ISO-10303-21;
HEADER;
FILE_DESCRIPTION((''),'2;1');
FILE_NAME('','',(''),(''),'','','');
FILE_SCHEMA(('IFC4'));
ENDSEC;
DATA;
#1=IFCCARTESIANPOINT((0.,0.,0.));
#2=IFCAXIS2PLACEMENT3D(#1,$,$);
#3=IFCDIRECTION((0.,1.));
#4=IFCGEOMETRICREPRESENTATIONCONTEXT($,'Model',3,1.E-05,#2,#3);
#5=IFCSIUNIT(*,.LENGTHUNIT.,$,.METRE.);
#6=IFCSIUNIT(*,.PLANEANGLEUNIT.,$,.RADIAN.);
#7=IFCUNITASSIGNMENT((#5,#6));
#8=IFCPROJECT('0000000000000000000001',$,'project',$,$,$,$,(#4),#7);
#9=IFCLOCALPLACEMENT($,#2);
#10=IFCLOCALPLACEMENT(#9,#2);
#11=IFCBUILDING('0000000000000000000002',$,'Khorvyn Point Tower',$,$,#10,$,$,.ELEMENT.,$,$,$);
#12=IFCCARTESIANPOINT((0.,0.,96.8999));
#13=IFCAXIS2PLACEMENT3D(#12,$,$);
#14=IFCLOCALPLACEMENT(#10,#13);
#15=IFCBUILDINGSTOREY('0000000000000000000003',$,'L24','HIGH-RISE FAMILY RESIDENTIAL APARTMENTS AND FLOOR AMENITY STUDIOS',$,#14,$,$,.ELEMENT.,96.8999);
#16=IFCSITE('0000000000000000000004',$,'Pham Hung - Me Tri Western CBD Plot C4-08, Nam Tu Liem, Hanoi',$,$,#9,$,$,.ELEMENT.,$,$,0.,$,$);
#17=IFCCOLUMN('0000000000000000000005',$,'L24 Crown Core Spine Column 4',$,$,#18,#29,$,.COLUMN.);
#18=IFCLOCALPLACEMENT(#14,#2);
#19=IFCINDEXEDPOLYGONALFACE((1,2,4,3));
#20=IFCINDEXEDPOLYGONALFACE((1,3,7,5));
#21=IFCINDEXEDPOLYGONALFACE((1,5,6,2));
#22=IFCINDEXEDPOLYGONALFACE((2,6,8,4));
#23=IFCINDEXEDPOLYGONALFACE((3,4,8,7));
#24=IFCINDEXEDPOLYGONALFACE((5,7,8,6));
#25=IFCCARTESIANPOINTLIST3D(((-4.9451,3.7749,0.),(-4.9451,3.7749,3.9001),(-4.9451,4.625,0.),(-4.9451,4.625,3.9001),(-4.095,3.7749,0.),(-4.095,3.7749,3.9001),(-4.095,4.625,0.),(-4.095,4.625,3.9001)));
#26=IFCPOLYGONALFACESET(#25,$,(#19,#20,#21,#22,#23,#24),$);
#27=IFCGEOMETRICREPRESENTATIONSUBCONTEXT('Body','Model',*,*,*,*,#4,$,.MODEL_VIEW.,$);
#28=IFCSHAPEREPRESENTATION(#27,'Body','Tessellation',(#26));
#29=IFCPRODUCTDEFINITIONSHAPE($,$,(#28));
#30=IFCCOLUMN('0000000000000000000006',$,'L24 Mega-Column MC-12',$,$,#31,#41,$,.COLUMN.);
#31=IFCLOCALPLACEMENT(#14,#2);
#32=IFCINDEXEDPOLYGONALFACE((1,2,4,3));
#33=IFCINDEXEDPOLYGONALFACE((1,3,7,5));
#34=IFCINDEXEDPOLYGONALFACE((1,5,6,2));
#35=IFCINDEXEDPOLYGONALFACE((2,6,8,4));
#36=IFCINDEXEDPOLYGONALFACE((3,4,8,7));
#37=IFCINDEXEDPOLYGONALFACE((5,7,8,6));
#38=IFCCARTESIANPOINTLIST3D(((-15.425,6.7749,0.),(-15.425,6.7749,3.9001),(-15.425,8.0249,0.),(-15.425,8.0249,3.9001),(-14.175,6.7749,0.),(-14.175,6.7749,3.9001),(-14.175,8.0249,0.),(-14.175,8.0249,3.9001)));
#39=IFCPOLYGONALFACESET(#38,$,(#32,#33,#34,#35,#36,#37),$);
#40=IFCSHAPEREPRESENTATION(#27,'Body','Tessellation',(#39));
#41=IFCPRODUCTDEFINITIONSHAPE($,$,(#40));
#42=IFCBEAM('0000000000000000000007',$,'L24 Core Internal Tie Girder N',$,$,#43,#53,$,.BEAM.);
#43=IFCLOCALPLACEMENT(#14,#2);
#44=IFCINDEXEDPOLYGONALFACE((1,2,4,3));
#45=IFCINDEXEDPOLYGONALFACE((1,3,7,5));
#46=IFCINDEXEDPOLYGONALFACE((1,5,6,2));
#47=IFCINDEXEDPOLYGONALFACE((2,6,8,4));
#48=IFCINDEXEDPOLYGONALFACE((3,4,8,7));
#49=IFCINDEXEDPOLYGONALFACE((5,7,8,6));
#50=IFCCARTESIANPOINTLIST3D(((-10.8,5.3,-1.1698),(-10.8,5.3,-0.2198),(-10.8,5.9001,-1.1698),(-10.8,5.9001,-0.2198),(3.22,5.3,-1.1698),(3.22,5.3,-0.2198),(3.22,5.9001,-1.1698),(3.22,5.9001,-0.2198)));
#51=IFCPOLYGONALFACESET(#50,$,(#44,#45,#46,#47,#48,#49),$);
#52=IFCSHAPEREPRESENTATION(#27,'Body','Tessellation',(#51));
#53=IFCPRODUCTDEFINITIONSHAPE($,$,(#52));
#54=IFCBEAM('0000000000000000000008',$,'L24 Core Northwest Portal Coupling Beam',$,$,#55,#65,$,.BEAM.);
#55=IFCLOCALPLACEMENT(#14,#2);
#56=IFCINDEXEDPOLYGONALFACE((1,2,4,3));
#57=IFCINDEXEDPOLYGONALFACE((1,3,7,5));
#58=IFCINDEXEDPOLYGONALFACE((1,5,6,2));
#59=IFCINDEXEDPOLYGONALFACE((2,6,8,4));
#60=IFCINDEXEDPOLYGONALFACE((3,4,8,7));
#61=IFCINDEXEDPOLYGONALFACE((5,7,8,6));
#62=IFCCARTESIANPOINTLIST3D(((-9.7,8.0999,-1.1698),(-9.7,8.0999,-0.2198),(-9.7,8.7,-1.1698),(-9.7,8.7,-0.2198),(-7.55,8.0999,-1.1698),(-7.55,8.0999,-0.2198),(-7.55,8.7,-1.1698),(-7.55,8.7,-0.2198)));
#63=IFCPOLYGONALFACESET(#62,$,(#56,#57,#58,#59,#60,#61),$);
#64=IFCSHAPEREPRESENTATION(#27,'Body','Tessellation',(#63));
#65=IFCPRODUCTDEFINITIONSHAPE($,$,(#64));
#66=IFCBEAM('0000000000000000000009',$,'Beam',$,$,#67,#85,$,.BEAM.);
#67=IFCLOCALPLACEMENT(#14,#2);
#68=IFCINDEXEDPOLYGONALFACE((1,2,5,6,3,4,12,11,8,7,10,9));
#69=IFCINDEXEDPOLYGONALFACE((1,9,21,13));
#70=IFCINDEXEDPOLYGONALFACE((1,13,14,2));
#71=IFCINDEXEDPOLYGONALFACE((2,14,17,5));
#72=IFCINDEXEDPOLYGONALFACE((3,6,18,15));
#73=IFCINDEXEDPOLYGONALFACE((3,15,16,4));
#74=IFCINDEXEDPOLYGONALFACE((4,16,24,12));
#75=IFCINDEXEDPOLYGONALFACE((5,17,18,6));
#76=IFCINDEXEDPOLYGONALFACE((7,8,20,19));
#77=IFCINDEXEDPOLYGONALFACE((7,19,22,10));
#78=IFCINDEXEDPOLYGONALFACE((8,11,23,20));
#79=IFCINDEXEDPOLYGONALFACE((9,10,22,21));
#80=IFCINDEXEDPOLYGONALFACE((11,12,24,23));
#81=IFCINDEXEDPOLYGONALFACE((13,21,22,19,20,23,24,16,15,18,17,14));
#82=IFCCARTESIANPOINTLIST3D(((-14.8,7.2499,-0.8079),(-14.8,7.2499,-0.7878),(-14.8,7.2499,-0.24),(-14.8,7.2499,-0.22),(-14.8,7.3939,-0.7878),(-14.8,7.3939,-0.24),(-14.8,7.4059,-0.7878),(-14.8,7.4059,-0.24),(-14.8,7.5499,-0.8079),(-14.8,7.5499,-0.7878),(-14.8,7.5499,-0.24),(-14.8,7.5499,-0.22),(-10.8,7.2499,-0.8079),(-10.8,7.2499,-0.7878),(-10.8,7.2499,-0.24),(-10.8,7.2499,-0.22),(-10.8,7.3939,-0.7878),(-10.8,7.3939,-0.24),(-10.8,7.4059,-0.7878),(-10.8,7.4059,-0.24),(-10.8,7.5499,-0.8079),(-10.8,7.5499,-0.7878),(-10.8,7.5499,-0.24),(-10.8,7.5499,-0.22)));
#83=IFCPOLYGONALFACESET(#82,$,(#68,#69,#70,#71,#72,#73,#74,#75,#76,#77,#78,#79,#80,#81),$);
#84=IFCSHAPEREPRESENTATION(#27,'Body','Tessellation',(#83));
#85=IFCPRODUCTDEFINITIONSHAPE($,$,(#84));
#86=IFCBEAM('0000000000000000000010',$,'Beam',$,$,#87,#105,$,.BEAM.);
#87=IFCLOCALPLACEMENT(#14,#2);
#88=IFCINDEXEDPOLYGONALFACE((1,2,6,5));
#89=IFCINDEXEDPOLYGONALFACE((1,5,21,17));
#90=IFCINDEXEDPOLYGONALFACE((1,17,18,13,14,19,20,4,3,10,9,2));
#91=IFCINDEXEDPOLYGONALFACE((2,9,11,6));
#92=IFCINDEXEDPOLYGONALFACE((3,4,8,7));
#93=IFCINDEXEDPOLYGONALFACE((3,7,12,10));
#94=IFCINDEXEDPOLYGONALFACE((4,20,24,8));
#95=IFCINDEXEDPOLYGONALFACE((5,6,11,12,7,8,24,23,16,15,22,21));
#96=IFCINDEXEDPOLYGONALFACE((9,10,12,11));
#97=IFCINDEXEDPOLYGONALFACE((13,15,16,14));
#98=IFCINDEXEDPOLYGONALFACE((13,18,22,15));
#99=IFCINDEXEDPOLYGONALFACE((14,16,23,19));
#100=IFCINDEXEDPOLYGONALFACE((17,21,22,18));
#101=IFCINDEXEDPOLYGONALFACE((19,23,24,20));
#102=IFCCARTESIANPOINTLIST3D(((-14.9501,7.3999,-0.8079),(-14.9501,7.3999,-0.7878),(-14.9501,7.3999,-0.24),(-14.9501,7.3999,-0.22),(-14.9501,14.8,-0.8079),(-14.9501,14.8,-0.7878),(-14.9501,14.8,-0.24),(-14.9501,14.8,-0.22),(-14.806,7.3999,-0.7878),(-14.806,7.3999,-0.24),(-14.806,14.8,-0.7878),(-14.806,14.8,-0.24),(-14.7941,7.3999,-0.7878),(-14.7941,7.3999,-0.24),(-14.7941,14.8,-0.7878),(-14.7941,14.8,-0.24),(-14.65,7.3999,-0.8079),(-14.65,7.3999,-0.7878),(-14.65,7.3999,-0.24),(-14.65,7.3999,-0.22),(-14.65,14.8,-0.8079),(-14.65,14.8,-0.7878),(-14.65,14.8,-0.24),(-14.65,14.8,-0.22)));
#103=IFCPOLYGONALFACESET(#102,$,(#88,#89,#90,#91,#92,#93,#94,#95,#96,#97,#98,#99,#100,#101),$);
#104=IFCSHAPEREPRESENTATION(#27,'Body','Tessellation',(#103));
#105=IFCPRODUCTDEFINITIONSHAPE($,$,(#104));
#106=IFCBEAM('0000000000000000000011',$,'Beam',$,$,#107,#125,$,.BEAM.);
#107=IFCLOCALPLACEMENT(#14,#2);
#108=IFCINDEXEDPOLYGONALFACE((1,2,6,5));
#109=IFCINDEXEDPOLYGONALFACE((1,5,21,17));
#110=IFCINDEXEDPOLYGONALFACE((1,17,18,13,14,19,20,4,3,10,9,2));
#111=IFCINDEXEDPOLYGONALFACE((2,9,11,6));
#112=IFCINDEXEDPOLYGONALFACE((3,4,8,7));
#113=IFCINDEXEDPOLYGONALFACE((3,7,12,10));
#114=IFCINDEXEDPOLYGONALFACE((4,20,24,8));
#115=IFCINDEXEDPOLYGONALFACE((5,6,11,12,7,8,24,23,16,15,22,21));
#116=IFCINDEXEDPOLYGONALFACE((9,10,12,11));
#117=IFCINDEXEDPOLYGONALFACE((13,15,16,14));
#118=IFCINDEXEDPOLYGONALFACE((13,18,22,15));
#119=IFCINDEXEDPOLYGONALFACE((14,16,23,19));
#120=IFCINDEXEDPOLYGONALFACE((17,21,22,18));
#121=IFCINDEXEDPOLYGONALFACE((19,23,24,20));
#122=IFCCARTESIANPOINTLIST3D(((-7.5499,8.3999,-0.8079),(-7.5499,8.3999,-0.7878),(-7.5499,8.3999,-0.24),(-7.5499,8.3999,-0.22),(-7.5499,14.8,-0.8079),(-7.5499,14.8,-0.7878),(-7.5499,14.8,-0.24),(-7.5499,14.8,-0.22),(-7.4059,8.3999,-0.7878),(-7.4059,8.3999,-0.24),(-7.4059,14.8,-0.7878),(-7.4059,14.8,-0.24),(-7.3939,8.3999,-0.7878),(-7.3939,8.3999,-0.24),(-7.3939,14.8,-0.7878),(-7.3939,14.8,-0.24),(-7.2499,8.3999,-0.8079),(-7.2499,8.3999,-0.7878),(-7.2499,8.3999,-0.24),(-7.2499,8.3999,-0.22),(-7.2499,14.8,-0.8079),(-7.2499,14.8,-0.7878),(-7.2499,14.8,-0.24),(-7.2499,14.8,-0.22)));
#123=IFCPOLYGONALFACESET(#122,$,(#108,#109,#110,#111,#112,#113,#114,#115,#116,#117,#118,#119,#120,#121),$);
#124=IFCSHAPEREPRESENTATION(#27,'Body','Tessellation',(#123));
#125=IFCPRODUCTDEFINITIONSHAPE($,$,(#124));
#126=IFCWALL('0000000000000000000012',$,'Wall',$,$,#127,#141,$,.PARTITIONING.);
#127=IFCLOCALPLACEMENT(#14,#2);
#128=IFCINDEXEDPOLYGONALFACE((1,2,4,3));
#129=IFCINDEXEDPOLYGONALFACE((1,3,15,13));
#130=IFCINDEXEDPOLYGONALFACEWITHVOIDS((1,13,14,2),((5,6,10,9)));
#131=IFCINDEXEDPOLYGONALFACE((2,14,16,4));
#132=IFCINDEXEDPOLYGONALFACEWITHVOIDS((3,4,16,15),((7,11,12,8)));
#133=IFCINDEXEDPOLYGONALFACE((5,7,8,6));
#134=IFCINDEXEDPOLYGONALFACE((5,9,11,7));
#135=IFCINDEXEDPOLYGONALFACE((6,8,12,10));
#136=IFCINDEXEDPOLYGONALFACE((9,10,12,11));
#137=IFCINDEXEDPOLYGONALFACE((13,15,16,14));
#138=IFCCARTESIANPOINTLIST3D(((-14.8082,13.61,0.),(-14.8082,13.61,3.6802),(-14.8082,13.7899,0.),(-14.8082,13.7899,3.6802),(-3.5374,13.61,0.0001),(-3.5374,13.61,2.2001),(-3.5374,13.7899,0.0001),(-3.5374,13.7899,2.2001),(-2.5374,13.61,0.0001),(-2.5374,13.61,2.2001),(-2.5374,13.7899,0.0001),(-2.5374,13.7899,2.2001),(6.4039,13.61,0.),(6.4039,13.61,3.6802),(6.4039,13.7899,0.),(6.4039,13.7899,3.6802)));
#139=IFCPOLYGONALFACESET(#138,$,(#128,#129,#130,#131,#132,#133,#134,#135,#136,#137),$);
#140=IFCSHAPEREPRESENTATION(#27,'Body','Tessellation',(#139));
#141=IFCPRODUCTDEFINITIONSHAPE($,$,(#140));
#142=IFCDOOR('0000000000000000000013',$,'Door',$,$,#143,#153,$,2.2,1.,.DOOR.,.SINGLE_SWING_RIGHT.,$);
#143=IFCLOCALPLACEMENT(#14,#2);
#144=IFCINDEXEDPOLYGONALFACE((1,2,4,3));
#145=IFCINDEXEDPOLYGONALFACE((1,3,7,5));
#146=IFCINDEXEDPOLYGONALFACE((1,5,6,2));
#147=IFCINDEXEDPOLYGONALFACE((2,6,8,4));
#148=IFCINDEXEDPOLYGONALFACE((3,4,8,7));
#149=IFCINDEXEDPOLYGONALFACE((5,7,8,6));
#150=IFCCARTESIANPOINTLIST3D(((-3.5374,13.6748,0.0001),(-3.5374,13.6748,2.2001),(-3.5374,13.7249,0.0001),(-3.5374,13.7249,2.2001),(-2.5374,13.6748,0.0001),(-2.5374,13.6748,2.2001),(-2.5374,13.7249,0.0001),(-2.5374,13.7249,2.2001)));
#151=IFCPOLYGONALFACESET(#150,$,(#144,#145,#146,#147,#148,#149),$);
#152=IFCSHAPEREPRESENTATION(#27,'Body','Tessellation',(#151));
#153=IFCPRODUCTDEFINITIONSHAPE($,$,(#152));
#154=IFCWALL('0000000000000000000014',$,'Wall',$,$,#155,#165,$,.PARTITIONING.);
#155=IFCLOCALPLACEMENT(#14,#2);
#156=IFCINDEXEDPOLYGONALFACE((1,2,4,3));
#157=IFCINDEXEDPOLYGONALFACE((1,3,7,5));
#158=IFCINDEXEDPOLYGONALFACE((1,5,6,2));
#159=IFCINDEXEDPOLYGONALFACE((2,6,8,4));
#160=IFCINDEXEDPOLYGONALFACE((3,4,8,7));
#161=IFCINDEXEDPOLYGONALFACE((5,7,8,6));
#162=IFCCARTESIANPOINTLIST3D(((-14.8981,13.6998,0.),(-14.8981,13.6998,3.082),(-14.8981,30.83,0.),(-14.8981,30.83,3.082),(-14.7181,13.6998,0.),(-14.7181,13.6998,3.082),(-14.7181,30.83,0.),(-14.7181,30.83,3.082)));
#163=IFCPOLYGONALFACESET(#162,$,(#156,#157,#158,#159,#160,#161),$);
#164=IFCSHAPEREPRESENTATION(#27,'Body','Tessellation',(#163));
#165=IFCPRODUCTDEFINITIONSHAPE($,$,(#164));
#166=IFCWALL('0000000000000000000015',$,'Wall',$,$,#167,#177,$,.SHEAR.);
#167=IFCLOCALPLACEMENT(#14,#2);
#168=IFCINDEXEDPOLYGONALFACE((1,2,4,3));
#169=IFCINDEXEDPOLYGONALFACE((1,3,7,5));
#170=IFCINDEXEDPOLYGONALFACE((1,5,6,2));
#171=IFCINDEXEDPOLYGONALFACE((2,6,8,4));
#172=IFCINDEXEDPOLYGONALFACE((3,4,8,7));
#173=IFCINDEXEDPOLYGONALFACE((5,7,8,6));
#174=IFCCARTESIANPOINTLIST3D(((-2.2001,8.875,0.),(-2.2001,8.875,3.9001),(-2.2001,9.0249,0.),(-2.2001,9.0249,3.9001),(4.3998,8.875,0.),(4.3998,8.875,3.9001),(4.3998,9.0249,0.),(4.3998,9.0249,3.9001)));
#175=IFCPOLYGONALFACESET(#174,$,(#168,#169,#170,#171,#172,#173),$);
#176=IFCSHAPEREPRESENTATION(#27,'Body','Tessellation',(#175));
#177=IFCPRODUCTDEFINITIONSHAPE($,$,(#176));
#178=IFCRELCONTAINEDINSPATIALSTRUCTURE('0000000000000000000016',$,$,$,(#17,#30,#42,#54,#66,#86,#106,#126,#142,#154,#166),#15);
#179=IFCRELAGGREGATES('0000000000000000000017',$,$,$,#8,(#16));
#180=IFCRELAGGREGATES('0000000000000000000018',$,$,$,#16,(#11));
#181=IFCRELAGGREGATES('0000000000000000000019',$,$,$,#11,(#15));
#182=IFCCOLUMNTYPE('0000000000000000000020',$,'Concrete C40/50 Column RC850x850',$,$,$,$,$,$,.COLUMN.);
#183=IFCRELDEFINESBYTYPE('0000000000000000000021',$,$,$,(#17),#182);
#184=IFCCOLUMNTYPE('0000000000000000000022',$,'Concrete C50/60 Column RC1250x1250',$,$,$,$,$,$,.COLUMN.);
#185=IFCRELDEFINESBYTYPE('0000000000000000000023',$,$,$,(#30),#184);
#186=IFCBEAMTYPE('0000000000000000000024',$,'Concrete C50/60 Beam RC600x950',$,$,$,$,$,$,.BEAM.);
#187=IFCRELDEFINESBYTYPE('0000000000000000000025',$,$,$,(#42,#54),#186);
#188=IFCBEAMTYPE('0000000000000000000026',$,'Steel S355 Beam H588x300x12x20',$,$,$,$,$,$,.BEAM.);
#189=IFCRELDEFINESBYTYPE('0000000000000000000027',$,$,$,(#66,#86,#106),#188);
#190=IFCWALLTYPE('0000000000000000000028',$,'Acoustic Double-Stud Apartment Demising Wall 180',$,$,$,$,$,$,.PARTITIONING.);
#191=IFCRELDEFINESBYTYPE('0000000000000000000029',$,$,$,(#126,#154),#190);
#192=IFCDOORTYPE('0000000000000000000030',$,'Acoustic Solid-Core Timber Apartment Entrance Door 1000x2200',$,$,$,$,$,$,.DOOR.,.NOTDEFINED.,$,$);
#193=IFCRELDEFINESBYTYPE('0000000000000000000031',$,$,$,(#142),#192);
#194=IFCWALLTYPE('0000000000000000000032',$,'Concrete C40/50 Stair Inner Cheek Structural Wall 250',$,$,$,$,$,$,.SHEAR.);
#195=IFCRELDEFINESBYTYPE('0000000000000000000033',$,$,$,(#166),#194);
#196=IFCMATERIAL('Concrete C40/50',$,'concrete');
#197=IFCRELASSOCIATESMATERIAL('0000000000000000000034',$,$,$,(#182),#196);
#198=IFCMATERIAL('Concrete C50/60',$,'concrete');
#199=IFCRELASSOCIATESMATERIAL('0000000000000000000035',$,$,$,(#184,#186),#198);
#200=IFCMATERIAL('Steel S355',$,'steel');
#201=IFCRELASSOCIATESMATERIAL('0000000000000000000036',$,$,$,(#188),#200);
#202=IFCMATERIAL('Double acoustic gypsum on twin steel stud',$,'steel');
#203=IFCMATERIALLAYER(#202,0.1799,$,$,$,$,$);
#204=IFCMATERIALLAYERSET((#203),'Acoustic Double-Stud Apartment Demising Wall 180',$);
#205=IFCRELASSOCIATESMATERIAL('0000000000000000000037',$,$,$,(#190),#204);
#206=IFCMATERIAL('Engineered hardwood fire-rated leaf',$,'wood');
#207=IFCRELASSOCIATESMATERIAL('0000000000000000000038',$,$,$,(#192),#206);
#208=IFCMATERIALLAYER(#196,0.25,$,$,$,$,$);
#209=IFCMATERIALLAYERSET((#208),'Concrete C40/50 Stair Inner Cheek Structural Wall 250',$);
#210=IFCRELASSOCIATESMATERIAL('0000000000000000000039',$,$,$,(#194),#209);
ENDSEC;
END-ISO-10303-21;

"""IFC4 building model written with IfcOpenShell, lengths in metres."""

from ifc_helpers import new_model, si_unit, direction, frame, frame_2d, origin, origin_2d, place, context, subcontext, project, spatial, rectangle, i_section, extrude, material, layer, layer_set, material_profile, profile_set, type_object, element, fill, save


model = new_model("IFC4")

# Units and contexts
model_context = context("Model", 3, precision=1e-05, world=origin(), true_north=direction((0.0, 1.0)))
body_context = subcontext(model_context, "Body", "Model", "MODEL_VIEW")
ifc_project = project(units=[si_unit("LENGTHUNIT", "METRE"), si_unit("PLANEANGLEUNIT", "RADIAN")], contexts=[model_context])

# Site, building, storey
site_placement = place(None, origin())
site = spatial("IfcSite", under=ifc_project, at=site_placement, Name="Pham Hung - Me Tri Western CBD Plot C4-08, Nam Tu Liem, Hanoi", CompositionType="ELEMENT", RefElevation=0.0)
building_placement = place(site_placement, origin())
building = spatial("IfcBuilding", under=site, at=building_placement, Name="Khorvyn Point Tower", CompositionType="ELEMENT")
storey_placement = place(building_placement, frame((0.0, 0.0, 96.8999)))
storey = spatial("IfcBuildingStorey", under=building, at=storey_placement, Name="L24", Description="HIGH-RISE FAMILY RESIDENTIAL APARTMENTS AND FLOOR AMENITY STUDIOS", CompositionType="ELEMENT", Elevation=96.8999)

# Columns
ifc_material_1 = material(Name="Concrete C40/50", Category="concrete")
ifc_material_profile_1 = material_profile(ifc_material_1, rectangle(XDim=0.8501, YDim=0.8501, at=origin_2d()))
ifc_profile_set_1 = profile_set([ifc_material_profile_1], Name="Concrete C40/50 RC850x850")
column_type_1 = type_object("IfcColumnType", Name="Concrete C40/50 Column RC850x850", PredefinedType="COLUMN", material=ifc_profile_set_1)
column_1_placement = place(storey_placement, frame((-4.52, 4.2, 0.0), z_axis=(0.0, 0.0, 1.0), x_axis=(1.0, 0.0, 0.0)))
element("IfcColumn", 1, at=column_1_placement, inside=storey, type_object=column_type_1, Name="L24 Crown Core Spine Column 4", PredefinedType="COLUMN", context=body_context, shape_type="SweptSolid", body=[
    extrude(rectangle(XDim=0.8501, YDim=0.8501, at=origin_2d()), origin(), (0.0, 0.0, 1.0), 3.9001),
])
ifc_material_2 = material(Name="Concrete C50/60", Category="concrete")
ifc_material_profile_2 = material_profile(ifc_material_2, rectangle(XDim=1.25, YDim=1.25, at=origin_2d()))
ifc_profile_set_2 = profile_set([ifc_material_profile_2], Name="Concrete C50/60 RC1250x1250")
column_type_2 = type_object("IfcColumnType", Name="Concrete C50/60 Column RC1250x1250", PredefinedType="COLUMN", material=ifc_profile_set_2)
column_2_placement = place(storey_placement, frame((-14.8, 7.3999, 0.0), z_axis=(0.0, 0.0, 1.0), x_axis=(1.0, 0.0, 0.0)))
element("IfcColumn", 2, at=column_2_placement, inside=storey, type_object=column_type_2, Name="L24 Mega-Column MC-12", PredefinedType="COLUMN", context=body_context, shape_type="SweptSolid", body=[
    extrude(rectangle(XDim=1.25, YDim=1.25, at=origin_2d()), origin(), (0.0, 0.0, 1.0), 3.9001),
])

# Beams
ifc_material_profile_3 = material_profile(ifc_material_2, rectangle(XDim=0.6001, YDim=0.95, at=origin_2d()))
ifc_profile_set_3 = profile_set([ifc_material_profile_3], Name="Concrete C50/60 RC600x950")
beam_type_1 = type_object("IfcBeamType", Name="Concrete C50/60 Beam RC600x950", PredefinedType="BEAM", material=ifc_profile_set_3)
beam_1_placement = place(storey_placement, frame((-10.8, 5.6001, -0.6948), z_axis=(1.0, 0.0, 0.0), x_axis=(0.0, 1.0, 0.0)))
element("IfcBeam", 3, at=beam_1_placement, inside=storey, type_object=beam_type_1, Name="L24 Core Internal Tie Girder N", PredefinedType="BEAM", context=body_context, shape_type="SweptSolid", body=[
    extrude(rectangle(XDim=0.6001, YDim=0.95, at=origin_2d()), origin(), (0.0, 0.0, 1.0), 14.02),
])
beam_2_placement = place(storey_placement, frame((-9.7, 8.3999, -0.6948), z_axis=(1.0, 0.0, 0.0), x_axis=(0.0, 1.0, 0.0)))
element("IfcBeam", 4, at=beam_2_placement, inside=storey, type_object=beam_type_1, Name="L24 Core Northwest Portal Coupling Beam", PredefinedType="BEAM", context=body_context, shape_type="SweptSolid", body=[
    extrude(rectangle(XDim=0.6001, YDim=0.95, at=origin_2d()), origin(), (0.0, 0.0, 1.0), 2.1499),
])
ifc_material_3 = material(Name="Steel S355", Category="steel")
ifc_material_profile_4 = material_profile(ifc_material_3, i_section(OverallWidth=0.3, OverallDepth=0.5879, WebThickness=0.012, FlangeThickness=0.02, at=origin_2d()))
ifc_profile_set_4 = profile_set([ifc_material_profile_4], Name="Steel S355 H588x300x12x20")
beam_type_2 = type_object("IfcBeamType", Name="Steel S355 Beam H588x300x12x20", PredefinedType="BEAM", material=ifc_profile_set_4)
beam_3_placement = place(storey_placement, frame((-14.8, 7.3999, -0.5139), z_axis=(1.0, 0.0, 0.0), x_axis=(0.0, 1.0, 0.0)))
element("IfcBeam", 5, at=beam_3_placement, inside=storey, type_object=beam_type_2, Name="Beam", PredefinedType="BEAM", context=body_context, shape_type="SweptSolid", body=[
    extrude(i_section(OverallWidth=0.3, OverallDepth=0.5879, WebThickness=0.012, FlangeThickness=0.02, at=origin_2d()), origin(), (0.0, 0.0, 1.0), 4.0),
])
beam_4_placement = place(storey_placement, frame((-14.8, 7.3999, -0.5139), z_axis=(0.0, 1.0, 0.0), x_axis=(-1.0, 0.0, 0.0)))
element("IfcBeam", 6, at=beam_4_placement, inside=storey, type_object=beam_type_2, Name="Beam", PredefinedType="BEAM", context=body_context, shape_type="SweptSolid", body=[
    extrude(i_section(OverallWidth=0.3, OverallDepth=0.5879, WebThickness=0.012, FlangeThickness=0.02, at=origin_2d()), origin(), (0.0, 0.0, 1.0), 7.4001),
])
beam_5_placement = place(storey_placement, frame((-7.3999, 8.3999, -0.5139), z_axis=(0.0, 1.0, 0.0), x_axis=(-1.0, 0.0, 0.0)))
element("IfcBeam", 7, at=beam_5_placement, inside=storey, type_object=beam_type_2, Name="Beam", PredefinedType="BEAM", context=body_context, shape_type="SweptSolid", body=[
    extrude(i_section(OverallWidth=0.3, OverallDepth=0.5879, WebThickness=0.012, FlangeThickness=0.02, at=origin_2d()), origin(), (0.0, 0.0, 1.0), 6.4001),
])

# Wall, opening, door
ifc_material_4 = material(Name="Double acoustic gypsum on twin steel stud", Category="steel")
ifc_layer_1 = layer(ifc_material_4, 0.1799)
ifc_layer_set_1 = layer_set([ifc_layer_1], Name="Acoustic Double-Stud Apartment Demising Wall 180")
wall_type_1 = type_object("IfcWallType", Name="Acoustic Double-Stud Apartment Demising Wall 180", PredefinedType="PARTITIONING", material=ifc_layer_set_1)
wall_1_placement = place(storey_placement, frame((-14.8081, 13.7, 0.0), z_axis=(0.0, 0.0, 1.0), x_axis=(1.0, 0.0, 0.0)))
wall_1 = element("IfcWall", 8, at=wall_1_placement, inside=storey, type_object=wall_type_1, Name="Wall", PredefinedType="PARTITIONING", context=body_context, shape_type="SweptSolid", body=[
    extrude(rectangle(XDim=21.2122, YDim=0.1799, at=frame_2d((10.606, 0.0))), origin(), (0.0, 0.0, 1.0), 3.6802),
])
opening_1_placement = place(wall_1_placement, frame((11.2708, 0.0, 0.0)))
opening_1 = element("IfcOpeningElement", 9, at=opening_1_placement, cuts=wall_1, PredefinedType="OPENING", context=body_context, shape_type="SweptSolid", body=[
    extrude(rectangle(XDim=1.0, YDim=2.2, at=frame_2d((0.5, 1.1001))), frame((0.0, 0.0999, 0.0), z_axis=(0.0, -1.0, 0.0), x_axis=(1.0, 0.0, 0.0)), (0.0, 0.0, 1.0), 0.2),
])
ifc_material_5 = material(Name="Engineered hardwood fire-rated leaf", Category="wood")
door_type_1 = type_object("IfcDoorType", Name="Acoustic Solid-Core Timber Apartment Entrance Door 1000x2200", OperationType="NOTDEFINED", PredefinedType="DOOR", material=ifc_material_5)
door_1_placement = place(opening_1_placement, origin())
door_1 = element("IfcDoor", 10, at=door_1_placement, inside=storey, type_object=door_type_1, Name="Door", OperationType="SINGLE_SWING_RIGHT", OverallHeight=2.2, OverallWidth=1.0, PredefinedType="DOOR", context=body_context, shape_type="SweptSolid", body=[
    extrude(rectangle(XDim=1.0, YDim=2.2, at=frame_2d((0.5, 1.1001))), frame((0.0, 0.0249, 0.0), z_axis=(0.0, -1.0, 0.0), x_axis=(1.0, 0.0, 0.0)), (0.0, 0.0, 1.0), 0.05),
])
fill(opening_1, door_1)

# Wall
wall_2_placement = place(storey_placement, frame((-14.8081, 13.7, 0.0), z_axis=(0.0, 0.0, 1.0), x_axis=(0.0, 1.0, 0.0)))
element("IfcWall", 11, at=wall_2_placement, inside=storey, type_object=wall_type_1, Name="Wall", PredefinedType="PARTITIONING", context=body_context, shape_type="SweptSolid", body=[
    extrude(rectangle(XDim=17.1301, YDim=0.1799, at=frame_2d((8.5649, 0.0))), origin(), (0.0, 0.0, 1.0), 3.082),
])

# Wall
ifc_layer_2 = layer(ifc_material_1, 0.25)
ifc_layer_set_2 = layer_set([ifc_layer_2], Name="Concrete C40/50 Stair Inner Cheek Structural Wall 250")
wall_type_2 = type_object("IfcWallType", Name="Concrete C40/50 Stair Inner Cheek Structural Wall 250", PredefinedType="SHEAR", material=ifc_layer_set_2)
wall_3_placement = place(storey_placement, frame((-2.2, 8.95, 0.0), z_axis=(0.0, 0.0, 1.0), x_axis=(1.0, 0.0, 0.0)))
element("IfcWall", 12, at=wall_3_placement, inside=storey, type_object=wall_type_2, Name="Wall", PredefinedType="SHEAR", context=body_context, shape_type="SweptSolid", body=[
    extrude(rectangle(XDim=6.5999, YDim=0.1499, at=frame_2d((3.2998, 0.0))), origin(), (0.0, 0.0, 1.0), 3.9001),
])

save(model, "model.ifc")
